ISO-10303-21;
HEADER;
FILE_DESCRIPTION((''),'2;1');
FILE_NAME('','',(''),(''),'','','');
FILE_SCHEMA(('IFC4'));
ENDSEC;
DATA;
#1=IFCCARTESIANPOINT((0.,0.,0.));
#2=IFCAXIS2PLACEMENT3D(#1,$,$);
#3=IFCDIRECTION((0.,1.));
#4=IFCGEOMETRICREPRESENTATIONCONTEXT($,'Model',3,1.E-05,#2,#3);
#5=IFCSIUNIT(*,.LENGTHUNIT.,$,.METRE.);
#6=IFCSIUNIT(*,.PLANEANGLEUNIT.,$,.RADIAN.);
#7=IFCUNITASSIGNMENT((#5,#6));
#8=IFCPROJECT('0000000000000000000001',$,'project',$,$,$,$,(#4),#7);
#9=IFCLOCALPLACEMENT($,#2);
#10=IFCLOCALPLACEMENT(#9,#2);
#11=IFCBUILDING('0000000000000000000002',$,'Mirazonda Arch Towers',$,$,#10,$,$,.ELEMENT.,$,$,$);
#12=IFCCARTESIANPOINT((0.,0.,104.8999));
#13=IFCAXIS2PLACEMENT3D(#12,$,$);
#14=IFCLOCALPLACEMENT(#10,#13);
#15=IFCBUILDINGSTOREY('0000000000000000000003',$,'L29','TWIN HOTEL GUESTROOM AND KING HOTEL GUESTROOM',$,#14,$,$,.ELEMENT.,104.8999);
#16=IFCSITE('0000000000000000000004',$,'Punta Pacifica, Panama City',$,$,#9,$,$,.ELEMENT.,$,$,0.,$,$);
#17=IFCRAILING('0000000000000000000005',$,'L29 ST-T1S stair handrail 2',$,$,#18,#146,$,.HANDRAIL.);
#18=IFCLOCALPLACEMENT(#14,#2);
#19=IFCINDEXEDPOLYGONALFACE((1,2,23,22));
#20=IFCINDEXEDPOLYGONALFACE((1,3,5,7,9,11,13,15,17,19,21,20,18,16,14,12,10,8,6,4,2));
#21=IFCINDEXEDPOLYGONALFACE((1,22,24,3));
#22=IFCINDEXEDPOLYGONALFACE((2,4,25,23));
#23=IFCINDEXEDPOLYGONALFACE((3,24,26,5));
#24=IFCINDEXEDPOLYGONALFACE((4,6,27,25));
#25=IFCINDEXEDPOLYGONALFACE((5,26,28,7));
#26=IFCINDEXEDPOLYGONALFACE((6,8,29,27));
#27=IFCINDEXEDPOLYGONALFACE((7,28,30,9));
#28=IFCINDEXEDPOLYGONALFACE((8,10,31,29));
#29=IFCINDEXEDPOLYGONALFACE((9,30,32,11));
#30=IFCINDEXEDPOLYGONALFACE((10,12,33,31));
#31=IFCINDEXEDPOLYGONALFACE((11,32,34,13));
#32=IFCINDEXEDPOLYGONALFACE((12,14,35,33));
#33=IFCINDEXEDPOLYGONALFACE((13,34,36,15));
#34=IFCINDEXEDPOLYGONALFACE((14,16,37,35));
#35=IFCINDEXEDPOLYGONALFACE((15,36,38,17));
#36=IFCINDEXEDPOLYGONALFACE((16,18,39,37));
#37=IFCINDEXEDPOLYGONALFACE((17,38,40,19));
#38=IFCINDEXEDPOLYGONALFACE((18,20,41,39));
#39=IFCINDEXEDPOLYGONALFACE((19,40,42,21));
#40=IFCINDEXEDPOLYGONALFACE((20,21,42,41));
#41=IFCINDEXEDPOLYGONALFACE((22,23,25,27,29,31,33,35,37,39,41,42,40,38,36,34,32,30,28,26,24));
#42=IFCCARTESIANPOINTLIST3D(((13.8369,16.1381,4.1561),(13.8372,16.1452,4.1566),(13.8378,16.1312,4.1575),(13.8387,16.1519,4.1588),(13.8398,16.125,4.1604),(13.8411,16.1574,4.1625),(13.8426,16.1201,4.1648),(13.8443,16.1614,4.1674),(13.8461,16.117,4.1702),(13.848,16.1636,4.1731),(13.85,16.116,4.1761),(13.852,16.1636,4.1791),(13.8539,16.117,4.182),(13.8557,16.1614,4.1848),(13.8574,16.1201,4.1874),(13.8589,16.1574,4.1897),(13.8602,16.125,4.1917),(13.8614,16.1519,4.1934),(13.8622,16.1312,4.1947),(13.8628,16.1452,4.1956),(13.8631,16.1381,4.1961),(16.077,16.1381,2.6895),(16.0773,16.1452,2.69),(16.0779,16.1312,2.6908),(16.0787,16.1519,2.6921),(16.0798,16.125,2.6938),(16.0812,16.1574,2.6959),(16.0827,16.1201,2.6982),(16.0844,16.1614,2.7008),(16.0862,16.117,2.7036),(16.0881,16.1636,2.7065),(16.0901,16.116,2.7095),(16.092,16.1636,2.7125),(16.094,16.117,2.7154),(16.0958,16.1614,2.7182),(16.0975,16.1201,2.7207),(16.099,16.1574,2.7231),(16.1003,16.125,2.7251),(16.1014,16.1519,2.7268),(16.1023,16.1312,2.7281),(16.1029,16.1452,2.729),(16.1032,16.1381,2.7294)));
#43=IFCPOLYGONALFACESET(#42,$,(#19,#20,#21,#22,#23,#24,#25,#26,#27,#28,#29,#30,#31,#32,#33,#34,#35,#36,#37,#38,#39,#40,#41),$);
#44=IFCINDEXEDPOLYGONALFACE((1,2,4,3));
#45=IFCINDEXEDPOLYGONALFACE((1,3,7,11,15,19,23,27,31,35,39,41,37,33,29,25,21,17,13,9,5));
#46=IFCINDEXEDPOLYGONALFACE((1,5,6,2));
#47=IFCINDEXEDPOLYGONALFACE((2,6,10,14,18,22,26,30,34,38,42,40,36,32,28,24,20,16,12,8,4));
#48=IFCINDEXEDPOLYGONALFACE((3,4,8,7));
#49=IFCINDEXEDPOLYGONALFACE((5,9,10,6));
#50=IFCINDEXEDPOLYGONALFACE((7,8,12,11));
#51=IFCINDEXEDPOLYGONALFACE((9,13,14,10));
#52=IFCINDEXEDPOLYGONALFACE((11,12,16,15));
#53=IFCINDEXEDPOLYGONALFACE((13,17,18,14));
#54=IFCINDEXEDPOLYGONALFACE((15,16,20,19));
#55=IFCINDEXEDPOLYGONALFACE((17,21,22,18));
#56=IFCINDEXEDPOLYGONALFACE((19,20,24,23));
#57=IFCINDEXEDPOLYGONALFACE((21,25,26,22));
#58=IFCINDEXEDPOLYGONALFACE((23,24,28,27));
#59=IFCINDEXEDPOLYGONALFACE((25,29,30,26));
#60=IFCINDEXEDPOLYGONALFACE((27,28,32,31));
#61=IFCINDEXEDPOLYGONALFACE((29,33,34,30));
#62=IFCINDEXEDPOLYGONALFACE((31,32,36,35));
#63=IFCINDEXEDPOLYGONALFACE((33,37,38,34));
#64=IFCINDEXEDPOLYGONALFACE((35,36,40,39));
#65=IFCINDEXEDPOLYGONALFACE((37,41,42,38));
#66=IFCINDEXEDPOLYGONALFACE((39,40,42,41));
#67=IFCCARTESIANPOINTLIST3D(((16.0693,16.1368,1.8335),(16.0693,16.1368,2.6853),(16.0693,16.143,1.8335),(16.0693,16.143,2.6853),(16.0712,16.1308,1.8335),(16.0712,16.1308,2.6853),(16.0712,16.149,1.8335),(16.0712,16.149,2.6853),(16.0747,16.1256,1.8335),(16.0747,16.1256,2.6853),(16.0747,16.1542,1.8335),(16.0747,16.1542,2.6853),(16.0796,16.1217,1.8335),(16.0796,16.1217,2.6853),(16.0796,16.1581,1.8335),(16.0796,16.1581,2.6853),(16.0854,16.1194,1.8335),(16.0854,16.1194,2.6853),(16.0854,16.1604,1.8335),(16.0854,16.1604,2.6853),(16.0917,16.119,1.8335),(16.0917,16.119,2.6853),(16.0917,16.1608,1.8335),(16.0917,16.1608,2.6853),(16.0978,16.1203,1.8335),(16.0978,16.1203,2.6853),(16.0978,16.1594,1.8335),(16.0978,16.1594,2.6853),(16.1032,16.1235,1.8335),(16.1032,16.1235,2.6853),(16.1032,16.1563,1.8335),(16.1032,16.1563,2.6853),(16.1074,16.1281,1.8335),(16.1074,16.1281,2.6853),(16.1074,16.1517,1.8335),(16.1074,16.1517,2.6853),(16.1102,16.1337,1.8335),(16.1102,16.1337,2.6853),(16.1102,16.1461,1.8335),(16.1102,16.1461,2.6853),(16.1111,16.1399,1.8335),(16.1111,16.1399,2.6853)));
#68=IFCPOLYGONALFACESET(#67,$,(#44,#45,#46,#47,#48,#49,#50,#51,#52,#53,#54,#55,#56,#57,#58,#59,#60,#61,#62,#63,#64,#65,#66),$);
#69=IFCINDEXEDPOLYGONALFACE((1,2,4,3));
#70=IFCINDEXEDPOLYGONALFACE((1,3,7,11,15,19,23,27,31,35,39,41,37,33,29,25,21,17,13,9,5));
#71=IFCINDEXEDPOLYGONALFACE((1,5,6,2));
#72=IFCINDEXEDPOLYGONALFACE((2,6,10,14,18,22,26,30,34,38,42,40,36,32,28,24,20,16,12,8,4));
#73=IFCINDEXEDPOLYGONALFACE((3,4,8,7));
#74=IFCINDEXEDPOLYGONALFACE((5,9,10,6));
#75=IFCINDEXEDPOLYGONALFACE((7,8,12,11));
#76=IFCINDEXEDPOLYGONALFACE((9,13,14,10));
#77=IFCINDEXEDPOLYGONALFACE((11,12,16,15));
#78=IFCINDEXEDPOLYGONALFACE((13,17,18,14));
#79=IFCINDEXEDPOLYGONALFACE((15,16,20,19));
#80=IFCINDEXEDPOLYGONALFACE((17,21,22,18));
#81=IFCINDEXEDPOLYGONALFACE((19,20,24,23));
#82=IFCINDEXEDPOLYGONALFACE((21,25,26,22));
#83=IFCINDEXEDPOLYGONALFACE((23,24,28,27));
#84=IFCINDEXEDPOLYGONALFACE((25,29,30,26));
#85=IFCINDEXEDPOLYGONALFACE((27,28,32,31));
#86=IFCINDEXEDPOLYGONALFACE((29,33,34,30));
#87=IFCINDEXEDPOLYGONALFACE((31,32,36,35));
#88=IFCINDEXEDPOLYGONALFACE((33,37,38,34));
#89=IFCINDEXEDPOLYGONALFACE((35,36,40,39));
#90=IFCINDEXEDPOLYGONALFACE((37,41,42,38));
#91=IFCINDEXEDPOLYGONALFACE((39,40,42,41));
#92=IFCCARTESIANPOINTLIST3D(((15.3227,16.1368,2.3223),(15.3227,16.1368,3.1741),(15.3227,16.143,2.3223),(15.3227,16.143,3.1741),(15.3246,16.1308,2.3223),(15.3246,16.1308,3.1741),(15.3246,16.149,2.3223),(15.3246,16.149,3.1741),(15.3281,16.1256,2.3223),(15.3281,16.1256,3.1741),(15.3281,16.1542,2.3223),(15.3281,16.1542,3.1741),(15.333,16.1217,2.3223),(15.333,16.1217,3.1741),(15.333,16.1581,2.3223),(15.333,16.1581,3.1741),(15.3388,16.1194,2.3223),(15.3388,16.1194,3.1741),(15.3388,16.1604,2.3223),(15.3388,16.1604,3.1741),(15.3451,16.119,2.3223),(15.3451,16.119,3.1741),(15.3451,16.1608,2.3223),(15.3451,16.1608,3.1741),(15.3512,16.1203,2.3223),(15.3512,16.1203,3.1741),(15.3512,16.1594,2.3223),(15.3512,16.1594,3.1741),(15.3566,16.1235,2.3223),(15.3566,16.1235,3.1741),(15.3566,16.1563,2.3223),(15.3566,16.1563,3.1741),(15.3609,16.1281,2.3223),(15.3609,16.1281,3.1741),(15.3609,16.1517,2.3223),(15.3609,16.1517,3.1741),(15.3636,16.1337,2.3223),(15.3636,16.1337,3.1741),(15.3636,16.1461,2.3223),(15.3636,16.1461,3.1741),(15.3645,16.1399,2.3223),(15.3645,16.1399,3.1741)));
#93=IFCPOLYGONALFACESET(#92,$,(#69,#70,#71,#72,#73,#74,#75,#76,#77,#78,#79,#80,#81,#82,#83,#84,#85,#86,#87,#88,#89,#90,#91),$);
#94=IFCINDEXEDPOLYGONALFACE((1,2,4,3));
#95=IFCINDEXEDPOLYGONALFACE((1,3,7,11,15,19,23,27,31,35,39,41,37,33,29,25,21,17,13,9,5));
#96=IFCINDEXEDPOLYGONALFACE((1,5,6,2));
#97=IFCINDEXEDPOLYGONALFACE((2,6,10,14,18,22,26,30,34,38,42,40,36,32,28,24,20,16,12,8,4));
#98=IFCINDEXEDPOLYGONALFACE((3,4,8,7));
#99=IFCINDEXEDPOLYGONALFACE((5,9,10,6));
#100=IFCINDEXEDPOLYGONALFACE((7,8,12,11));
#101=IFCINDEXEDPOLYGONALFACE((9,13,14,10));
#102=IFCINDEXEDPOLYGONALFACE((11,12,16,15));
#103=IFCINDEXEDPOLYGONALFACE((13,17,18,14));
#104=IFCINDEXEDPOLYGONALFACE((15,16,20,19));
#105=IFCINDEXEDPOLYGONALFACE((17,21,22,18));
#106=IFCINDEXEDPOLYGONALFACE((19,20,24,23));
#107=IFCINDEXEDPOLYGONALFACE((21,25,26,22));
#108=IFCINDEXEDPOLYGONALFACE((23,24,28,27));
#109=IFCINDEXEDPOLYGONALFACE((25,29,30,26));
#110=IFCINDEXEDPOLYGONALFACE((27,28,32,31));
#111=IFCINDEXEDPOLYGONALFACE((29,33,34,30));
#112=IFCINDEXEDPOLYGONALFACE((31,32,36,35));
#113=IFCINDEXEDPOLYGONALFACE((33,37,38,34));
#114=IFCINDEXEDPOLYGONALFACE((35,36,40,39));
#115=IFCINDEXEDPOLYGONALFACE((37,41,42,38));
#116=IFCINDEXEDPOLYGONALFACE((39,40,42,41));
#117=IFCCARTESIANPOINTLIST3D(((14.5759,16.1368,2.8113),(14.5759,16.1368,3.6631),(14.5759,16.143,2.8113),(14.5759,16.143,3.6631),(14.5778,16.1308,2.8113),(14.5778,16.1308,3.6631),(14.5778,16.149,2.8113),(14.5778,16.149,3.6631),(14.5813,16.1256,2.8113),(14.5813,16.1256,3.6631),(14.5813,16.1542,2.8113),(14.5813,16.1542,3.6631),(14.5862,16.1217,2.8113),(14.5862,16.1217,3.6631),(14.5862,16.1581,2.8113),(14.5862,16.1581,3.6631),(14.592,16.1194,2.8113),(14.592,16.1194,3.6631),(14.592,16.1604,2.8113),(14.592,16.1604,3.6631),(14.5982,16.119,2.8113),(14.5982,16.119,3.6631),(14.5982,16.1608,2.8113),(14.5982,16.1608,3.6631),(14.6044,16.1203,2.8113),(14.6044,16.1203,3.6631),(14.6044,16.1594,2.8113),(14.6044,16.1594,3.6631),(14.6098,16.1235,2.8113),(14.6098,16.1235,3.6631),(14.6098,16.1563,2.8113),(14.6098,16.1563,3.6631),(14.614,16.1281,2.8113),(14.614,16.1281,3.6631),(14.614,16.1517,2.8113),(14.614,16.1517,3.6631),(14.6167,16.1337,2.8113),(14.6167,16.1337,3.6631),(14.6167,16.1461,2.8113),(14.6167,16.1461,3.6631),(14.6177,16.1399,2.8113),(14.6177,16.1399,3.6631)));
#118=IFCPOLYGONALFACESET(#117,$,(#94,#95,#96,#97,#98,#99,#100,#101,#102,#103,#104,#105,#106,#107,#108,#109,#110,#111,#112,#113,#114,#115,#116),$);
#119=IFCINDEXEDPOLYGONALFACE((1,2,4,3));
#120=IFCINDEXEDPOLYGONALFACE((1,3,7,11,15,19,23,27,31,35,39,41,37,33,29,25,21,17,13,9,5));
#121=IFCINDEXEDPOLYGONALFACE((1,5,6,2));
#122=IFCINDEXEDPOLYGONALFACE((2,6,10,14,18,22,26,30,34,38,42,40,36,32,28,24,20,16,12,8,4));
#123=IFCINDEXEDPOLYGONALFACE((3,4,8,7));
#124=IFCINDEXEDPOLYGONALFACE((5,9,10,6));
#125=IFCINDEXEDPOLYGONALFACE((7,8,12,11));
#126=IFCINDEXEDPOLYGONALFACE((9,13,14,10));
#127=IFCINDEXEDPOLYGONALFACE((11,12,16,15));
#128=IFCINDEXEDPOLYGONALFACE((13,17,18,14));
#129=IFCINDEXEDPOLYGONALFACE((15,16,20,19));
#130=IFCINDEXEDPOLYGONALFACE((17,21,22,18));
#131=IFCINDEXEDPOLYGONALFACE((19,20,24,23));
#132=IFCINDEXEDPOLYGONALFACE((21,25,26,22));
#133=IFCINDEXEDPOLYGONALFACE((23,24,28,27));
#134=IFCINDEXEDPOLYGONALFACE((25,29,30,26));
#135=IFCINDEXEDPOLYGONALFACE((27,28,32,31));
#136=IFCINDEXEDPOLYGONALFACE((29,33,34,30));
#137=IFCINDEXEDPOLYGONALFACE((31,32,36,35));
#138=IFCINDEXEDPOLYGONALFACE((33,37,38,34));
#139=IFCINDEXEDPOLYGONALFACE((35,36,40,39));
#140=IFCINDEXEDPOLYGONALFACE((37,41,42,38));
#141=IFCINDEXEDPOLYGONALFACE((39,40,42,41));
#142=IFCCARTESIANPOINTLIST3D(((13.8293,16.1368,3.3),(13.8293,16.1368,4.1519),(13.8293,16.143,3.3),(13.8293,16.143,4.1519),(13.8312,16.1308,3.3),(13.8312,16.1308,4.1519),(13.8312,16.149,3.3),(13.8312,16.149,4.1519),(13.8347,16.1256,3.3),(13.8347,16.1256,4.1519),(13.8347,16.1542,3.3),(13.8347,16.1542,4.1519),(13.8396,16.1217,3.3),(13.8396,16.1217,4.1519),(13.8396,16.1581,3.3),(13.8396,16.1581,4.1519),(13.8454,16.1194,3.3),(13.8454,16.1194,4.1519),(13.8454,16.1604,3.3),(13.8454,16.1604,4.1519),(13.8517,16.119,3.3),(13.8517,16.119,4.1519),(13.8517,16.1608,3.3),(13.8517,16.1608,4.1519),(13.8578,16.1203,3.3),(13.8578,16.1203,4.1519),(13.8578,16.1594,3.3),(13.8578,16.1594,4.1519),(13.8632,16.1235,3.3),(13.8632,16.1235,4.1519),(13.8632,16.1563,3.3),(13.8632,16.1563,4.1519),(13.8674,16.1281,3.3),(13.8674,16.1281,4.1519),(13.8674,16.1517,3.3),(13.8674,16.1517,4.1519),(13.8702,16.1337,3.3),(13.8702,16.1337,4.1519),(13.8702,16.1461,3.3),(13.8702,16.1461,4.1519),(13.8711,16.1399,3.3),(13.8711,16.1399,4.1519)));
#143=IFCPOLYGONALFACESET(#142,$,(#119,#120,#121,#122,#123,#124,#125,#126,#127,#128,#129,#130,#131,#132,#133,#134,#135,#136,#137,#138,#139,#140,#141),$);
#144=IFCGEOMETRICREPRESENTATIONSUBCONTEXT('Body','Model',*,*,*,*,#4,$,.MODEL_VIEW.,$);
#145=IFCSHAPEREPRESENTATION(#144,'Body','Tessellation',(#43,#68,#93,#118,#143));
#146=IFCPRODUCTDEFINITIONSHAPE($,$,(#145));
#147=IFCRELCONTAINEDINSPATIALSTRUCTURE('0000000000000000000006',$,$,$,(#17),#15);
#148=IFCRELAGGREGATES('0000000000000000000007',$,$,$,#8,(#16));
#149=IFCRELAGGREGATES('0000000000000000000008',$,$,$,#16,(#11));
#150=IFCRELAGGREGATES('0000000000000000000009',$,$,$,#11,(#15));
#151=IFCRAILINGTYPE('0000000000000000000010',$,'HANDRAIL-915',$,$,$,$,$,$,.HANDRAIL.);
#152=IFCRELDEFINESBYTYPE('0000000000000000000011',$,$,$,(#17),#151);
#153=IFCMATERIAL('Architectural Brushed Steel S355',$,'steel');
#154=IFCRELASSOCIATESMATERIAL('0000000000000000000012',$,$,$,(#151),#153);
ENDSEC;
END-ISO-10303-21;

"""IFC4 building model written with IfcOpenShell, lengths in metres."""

from ifc_helpers import new_model, si_unit, direction, frame, origin, origin_2d, place, context, subcontext, project, spatial, circle, extrude, material, type_object, element, save


model = new_model("IFC4")

# Units and contexts
model_context = context("Model", 3, precision=1e-05, world=origin(), true_north=direction((0.0, 1.0)))
body_context = subcontext(model_context, "Body", "Model", "MODEL_VIEW")
ifc_project = project(units=[si_unit("LENGTHUNIT", "METRE"), si_unit("PLANEANGLEUNIT", "RADIAN")], contexts=[model_context])

# Site, building, storey
site_placement = place(None, origin())
site = spatial("IfcSite", under=ifc_project, at=site_placement, Name="Punta Pacifica, Panama City", CompositionType="ELEMENT", RefElevation=0.0)
building_placement = place(site_placement, origin())
building = spatial("IfcBuilding", under=site, at=building_placement, Name="Mirazonda Arch Towers", CompositionType="ELEMENT")
storey_placement = place(building_placement, frame((0.0, 0.0, 104.8999)))
storey = spatial("IfcBuildingStorey", under=building, at=storey_placement, Name="L29", Description="TWIN HOTEL GUESTROOM AND KING HOTEL GUESTROOM", CompositionType="ELEMENT", Elevation=104.8999)

# Shared definitions
ifc_material_1 = material(Name="Architectural Brushed Steel S355", Category="steel")

# Railing
railing_type_1 = type_object("IfcRailingType", Name="HANDRAIL-915", PredefinedType="HANDRAIL", material=ifc_material_1)
railing_1_placement = place(storey_placement, frame((16.0901, 16.1399, 1.8335)))
element("IfcRailing", 1, at=railing_1_placement, inside=storey, type_object=railing_type_1, Name="L29 ST-T1S stair handrail 2", PredefinedType="HANDRAIL", context=body_context, shape_type="SweptSolid", body=[
    extrude(circle(Radius=0.0239, at=origin_2d()), frame((0.0, 0.0, 0.876), z_axis=(-0.836637, 0.0, 0.547758), x_axis=(0.0, -1.0, 0.0)), (0.0, 0.0, 1.0), 2.6775),
    extrude(circle(Radius=0.021, at=origin_2d()), origin(), (0.0, 0.0, 1.0), 0.8518),
    extrude(circle(Radius=0.021, at=origin_2d()), frame((-0.7466, 0.0, 0.4888)), (0.0, 0.0, 1.0), 0.8518),
    extrude(circle(Radius=0.021, at=origin_2d()), frame((-1.4934, 0.0, 0.9778)), (0.0, 0.0, 1.0), 0.8518),
    extrude(circle(Radius=0.021, at=origin_2d()), frame((-2.24, 0.0, 1.4666)), (0.0, 0.0, 1.0), 0.8518),
])

save(model, "model.ifc")
